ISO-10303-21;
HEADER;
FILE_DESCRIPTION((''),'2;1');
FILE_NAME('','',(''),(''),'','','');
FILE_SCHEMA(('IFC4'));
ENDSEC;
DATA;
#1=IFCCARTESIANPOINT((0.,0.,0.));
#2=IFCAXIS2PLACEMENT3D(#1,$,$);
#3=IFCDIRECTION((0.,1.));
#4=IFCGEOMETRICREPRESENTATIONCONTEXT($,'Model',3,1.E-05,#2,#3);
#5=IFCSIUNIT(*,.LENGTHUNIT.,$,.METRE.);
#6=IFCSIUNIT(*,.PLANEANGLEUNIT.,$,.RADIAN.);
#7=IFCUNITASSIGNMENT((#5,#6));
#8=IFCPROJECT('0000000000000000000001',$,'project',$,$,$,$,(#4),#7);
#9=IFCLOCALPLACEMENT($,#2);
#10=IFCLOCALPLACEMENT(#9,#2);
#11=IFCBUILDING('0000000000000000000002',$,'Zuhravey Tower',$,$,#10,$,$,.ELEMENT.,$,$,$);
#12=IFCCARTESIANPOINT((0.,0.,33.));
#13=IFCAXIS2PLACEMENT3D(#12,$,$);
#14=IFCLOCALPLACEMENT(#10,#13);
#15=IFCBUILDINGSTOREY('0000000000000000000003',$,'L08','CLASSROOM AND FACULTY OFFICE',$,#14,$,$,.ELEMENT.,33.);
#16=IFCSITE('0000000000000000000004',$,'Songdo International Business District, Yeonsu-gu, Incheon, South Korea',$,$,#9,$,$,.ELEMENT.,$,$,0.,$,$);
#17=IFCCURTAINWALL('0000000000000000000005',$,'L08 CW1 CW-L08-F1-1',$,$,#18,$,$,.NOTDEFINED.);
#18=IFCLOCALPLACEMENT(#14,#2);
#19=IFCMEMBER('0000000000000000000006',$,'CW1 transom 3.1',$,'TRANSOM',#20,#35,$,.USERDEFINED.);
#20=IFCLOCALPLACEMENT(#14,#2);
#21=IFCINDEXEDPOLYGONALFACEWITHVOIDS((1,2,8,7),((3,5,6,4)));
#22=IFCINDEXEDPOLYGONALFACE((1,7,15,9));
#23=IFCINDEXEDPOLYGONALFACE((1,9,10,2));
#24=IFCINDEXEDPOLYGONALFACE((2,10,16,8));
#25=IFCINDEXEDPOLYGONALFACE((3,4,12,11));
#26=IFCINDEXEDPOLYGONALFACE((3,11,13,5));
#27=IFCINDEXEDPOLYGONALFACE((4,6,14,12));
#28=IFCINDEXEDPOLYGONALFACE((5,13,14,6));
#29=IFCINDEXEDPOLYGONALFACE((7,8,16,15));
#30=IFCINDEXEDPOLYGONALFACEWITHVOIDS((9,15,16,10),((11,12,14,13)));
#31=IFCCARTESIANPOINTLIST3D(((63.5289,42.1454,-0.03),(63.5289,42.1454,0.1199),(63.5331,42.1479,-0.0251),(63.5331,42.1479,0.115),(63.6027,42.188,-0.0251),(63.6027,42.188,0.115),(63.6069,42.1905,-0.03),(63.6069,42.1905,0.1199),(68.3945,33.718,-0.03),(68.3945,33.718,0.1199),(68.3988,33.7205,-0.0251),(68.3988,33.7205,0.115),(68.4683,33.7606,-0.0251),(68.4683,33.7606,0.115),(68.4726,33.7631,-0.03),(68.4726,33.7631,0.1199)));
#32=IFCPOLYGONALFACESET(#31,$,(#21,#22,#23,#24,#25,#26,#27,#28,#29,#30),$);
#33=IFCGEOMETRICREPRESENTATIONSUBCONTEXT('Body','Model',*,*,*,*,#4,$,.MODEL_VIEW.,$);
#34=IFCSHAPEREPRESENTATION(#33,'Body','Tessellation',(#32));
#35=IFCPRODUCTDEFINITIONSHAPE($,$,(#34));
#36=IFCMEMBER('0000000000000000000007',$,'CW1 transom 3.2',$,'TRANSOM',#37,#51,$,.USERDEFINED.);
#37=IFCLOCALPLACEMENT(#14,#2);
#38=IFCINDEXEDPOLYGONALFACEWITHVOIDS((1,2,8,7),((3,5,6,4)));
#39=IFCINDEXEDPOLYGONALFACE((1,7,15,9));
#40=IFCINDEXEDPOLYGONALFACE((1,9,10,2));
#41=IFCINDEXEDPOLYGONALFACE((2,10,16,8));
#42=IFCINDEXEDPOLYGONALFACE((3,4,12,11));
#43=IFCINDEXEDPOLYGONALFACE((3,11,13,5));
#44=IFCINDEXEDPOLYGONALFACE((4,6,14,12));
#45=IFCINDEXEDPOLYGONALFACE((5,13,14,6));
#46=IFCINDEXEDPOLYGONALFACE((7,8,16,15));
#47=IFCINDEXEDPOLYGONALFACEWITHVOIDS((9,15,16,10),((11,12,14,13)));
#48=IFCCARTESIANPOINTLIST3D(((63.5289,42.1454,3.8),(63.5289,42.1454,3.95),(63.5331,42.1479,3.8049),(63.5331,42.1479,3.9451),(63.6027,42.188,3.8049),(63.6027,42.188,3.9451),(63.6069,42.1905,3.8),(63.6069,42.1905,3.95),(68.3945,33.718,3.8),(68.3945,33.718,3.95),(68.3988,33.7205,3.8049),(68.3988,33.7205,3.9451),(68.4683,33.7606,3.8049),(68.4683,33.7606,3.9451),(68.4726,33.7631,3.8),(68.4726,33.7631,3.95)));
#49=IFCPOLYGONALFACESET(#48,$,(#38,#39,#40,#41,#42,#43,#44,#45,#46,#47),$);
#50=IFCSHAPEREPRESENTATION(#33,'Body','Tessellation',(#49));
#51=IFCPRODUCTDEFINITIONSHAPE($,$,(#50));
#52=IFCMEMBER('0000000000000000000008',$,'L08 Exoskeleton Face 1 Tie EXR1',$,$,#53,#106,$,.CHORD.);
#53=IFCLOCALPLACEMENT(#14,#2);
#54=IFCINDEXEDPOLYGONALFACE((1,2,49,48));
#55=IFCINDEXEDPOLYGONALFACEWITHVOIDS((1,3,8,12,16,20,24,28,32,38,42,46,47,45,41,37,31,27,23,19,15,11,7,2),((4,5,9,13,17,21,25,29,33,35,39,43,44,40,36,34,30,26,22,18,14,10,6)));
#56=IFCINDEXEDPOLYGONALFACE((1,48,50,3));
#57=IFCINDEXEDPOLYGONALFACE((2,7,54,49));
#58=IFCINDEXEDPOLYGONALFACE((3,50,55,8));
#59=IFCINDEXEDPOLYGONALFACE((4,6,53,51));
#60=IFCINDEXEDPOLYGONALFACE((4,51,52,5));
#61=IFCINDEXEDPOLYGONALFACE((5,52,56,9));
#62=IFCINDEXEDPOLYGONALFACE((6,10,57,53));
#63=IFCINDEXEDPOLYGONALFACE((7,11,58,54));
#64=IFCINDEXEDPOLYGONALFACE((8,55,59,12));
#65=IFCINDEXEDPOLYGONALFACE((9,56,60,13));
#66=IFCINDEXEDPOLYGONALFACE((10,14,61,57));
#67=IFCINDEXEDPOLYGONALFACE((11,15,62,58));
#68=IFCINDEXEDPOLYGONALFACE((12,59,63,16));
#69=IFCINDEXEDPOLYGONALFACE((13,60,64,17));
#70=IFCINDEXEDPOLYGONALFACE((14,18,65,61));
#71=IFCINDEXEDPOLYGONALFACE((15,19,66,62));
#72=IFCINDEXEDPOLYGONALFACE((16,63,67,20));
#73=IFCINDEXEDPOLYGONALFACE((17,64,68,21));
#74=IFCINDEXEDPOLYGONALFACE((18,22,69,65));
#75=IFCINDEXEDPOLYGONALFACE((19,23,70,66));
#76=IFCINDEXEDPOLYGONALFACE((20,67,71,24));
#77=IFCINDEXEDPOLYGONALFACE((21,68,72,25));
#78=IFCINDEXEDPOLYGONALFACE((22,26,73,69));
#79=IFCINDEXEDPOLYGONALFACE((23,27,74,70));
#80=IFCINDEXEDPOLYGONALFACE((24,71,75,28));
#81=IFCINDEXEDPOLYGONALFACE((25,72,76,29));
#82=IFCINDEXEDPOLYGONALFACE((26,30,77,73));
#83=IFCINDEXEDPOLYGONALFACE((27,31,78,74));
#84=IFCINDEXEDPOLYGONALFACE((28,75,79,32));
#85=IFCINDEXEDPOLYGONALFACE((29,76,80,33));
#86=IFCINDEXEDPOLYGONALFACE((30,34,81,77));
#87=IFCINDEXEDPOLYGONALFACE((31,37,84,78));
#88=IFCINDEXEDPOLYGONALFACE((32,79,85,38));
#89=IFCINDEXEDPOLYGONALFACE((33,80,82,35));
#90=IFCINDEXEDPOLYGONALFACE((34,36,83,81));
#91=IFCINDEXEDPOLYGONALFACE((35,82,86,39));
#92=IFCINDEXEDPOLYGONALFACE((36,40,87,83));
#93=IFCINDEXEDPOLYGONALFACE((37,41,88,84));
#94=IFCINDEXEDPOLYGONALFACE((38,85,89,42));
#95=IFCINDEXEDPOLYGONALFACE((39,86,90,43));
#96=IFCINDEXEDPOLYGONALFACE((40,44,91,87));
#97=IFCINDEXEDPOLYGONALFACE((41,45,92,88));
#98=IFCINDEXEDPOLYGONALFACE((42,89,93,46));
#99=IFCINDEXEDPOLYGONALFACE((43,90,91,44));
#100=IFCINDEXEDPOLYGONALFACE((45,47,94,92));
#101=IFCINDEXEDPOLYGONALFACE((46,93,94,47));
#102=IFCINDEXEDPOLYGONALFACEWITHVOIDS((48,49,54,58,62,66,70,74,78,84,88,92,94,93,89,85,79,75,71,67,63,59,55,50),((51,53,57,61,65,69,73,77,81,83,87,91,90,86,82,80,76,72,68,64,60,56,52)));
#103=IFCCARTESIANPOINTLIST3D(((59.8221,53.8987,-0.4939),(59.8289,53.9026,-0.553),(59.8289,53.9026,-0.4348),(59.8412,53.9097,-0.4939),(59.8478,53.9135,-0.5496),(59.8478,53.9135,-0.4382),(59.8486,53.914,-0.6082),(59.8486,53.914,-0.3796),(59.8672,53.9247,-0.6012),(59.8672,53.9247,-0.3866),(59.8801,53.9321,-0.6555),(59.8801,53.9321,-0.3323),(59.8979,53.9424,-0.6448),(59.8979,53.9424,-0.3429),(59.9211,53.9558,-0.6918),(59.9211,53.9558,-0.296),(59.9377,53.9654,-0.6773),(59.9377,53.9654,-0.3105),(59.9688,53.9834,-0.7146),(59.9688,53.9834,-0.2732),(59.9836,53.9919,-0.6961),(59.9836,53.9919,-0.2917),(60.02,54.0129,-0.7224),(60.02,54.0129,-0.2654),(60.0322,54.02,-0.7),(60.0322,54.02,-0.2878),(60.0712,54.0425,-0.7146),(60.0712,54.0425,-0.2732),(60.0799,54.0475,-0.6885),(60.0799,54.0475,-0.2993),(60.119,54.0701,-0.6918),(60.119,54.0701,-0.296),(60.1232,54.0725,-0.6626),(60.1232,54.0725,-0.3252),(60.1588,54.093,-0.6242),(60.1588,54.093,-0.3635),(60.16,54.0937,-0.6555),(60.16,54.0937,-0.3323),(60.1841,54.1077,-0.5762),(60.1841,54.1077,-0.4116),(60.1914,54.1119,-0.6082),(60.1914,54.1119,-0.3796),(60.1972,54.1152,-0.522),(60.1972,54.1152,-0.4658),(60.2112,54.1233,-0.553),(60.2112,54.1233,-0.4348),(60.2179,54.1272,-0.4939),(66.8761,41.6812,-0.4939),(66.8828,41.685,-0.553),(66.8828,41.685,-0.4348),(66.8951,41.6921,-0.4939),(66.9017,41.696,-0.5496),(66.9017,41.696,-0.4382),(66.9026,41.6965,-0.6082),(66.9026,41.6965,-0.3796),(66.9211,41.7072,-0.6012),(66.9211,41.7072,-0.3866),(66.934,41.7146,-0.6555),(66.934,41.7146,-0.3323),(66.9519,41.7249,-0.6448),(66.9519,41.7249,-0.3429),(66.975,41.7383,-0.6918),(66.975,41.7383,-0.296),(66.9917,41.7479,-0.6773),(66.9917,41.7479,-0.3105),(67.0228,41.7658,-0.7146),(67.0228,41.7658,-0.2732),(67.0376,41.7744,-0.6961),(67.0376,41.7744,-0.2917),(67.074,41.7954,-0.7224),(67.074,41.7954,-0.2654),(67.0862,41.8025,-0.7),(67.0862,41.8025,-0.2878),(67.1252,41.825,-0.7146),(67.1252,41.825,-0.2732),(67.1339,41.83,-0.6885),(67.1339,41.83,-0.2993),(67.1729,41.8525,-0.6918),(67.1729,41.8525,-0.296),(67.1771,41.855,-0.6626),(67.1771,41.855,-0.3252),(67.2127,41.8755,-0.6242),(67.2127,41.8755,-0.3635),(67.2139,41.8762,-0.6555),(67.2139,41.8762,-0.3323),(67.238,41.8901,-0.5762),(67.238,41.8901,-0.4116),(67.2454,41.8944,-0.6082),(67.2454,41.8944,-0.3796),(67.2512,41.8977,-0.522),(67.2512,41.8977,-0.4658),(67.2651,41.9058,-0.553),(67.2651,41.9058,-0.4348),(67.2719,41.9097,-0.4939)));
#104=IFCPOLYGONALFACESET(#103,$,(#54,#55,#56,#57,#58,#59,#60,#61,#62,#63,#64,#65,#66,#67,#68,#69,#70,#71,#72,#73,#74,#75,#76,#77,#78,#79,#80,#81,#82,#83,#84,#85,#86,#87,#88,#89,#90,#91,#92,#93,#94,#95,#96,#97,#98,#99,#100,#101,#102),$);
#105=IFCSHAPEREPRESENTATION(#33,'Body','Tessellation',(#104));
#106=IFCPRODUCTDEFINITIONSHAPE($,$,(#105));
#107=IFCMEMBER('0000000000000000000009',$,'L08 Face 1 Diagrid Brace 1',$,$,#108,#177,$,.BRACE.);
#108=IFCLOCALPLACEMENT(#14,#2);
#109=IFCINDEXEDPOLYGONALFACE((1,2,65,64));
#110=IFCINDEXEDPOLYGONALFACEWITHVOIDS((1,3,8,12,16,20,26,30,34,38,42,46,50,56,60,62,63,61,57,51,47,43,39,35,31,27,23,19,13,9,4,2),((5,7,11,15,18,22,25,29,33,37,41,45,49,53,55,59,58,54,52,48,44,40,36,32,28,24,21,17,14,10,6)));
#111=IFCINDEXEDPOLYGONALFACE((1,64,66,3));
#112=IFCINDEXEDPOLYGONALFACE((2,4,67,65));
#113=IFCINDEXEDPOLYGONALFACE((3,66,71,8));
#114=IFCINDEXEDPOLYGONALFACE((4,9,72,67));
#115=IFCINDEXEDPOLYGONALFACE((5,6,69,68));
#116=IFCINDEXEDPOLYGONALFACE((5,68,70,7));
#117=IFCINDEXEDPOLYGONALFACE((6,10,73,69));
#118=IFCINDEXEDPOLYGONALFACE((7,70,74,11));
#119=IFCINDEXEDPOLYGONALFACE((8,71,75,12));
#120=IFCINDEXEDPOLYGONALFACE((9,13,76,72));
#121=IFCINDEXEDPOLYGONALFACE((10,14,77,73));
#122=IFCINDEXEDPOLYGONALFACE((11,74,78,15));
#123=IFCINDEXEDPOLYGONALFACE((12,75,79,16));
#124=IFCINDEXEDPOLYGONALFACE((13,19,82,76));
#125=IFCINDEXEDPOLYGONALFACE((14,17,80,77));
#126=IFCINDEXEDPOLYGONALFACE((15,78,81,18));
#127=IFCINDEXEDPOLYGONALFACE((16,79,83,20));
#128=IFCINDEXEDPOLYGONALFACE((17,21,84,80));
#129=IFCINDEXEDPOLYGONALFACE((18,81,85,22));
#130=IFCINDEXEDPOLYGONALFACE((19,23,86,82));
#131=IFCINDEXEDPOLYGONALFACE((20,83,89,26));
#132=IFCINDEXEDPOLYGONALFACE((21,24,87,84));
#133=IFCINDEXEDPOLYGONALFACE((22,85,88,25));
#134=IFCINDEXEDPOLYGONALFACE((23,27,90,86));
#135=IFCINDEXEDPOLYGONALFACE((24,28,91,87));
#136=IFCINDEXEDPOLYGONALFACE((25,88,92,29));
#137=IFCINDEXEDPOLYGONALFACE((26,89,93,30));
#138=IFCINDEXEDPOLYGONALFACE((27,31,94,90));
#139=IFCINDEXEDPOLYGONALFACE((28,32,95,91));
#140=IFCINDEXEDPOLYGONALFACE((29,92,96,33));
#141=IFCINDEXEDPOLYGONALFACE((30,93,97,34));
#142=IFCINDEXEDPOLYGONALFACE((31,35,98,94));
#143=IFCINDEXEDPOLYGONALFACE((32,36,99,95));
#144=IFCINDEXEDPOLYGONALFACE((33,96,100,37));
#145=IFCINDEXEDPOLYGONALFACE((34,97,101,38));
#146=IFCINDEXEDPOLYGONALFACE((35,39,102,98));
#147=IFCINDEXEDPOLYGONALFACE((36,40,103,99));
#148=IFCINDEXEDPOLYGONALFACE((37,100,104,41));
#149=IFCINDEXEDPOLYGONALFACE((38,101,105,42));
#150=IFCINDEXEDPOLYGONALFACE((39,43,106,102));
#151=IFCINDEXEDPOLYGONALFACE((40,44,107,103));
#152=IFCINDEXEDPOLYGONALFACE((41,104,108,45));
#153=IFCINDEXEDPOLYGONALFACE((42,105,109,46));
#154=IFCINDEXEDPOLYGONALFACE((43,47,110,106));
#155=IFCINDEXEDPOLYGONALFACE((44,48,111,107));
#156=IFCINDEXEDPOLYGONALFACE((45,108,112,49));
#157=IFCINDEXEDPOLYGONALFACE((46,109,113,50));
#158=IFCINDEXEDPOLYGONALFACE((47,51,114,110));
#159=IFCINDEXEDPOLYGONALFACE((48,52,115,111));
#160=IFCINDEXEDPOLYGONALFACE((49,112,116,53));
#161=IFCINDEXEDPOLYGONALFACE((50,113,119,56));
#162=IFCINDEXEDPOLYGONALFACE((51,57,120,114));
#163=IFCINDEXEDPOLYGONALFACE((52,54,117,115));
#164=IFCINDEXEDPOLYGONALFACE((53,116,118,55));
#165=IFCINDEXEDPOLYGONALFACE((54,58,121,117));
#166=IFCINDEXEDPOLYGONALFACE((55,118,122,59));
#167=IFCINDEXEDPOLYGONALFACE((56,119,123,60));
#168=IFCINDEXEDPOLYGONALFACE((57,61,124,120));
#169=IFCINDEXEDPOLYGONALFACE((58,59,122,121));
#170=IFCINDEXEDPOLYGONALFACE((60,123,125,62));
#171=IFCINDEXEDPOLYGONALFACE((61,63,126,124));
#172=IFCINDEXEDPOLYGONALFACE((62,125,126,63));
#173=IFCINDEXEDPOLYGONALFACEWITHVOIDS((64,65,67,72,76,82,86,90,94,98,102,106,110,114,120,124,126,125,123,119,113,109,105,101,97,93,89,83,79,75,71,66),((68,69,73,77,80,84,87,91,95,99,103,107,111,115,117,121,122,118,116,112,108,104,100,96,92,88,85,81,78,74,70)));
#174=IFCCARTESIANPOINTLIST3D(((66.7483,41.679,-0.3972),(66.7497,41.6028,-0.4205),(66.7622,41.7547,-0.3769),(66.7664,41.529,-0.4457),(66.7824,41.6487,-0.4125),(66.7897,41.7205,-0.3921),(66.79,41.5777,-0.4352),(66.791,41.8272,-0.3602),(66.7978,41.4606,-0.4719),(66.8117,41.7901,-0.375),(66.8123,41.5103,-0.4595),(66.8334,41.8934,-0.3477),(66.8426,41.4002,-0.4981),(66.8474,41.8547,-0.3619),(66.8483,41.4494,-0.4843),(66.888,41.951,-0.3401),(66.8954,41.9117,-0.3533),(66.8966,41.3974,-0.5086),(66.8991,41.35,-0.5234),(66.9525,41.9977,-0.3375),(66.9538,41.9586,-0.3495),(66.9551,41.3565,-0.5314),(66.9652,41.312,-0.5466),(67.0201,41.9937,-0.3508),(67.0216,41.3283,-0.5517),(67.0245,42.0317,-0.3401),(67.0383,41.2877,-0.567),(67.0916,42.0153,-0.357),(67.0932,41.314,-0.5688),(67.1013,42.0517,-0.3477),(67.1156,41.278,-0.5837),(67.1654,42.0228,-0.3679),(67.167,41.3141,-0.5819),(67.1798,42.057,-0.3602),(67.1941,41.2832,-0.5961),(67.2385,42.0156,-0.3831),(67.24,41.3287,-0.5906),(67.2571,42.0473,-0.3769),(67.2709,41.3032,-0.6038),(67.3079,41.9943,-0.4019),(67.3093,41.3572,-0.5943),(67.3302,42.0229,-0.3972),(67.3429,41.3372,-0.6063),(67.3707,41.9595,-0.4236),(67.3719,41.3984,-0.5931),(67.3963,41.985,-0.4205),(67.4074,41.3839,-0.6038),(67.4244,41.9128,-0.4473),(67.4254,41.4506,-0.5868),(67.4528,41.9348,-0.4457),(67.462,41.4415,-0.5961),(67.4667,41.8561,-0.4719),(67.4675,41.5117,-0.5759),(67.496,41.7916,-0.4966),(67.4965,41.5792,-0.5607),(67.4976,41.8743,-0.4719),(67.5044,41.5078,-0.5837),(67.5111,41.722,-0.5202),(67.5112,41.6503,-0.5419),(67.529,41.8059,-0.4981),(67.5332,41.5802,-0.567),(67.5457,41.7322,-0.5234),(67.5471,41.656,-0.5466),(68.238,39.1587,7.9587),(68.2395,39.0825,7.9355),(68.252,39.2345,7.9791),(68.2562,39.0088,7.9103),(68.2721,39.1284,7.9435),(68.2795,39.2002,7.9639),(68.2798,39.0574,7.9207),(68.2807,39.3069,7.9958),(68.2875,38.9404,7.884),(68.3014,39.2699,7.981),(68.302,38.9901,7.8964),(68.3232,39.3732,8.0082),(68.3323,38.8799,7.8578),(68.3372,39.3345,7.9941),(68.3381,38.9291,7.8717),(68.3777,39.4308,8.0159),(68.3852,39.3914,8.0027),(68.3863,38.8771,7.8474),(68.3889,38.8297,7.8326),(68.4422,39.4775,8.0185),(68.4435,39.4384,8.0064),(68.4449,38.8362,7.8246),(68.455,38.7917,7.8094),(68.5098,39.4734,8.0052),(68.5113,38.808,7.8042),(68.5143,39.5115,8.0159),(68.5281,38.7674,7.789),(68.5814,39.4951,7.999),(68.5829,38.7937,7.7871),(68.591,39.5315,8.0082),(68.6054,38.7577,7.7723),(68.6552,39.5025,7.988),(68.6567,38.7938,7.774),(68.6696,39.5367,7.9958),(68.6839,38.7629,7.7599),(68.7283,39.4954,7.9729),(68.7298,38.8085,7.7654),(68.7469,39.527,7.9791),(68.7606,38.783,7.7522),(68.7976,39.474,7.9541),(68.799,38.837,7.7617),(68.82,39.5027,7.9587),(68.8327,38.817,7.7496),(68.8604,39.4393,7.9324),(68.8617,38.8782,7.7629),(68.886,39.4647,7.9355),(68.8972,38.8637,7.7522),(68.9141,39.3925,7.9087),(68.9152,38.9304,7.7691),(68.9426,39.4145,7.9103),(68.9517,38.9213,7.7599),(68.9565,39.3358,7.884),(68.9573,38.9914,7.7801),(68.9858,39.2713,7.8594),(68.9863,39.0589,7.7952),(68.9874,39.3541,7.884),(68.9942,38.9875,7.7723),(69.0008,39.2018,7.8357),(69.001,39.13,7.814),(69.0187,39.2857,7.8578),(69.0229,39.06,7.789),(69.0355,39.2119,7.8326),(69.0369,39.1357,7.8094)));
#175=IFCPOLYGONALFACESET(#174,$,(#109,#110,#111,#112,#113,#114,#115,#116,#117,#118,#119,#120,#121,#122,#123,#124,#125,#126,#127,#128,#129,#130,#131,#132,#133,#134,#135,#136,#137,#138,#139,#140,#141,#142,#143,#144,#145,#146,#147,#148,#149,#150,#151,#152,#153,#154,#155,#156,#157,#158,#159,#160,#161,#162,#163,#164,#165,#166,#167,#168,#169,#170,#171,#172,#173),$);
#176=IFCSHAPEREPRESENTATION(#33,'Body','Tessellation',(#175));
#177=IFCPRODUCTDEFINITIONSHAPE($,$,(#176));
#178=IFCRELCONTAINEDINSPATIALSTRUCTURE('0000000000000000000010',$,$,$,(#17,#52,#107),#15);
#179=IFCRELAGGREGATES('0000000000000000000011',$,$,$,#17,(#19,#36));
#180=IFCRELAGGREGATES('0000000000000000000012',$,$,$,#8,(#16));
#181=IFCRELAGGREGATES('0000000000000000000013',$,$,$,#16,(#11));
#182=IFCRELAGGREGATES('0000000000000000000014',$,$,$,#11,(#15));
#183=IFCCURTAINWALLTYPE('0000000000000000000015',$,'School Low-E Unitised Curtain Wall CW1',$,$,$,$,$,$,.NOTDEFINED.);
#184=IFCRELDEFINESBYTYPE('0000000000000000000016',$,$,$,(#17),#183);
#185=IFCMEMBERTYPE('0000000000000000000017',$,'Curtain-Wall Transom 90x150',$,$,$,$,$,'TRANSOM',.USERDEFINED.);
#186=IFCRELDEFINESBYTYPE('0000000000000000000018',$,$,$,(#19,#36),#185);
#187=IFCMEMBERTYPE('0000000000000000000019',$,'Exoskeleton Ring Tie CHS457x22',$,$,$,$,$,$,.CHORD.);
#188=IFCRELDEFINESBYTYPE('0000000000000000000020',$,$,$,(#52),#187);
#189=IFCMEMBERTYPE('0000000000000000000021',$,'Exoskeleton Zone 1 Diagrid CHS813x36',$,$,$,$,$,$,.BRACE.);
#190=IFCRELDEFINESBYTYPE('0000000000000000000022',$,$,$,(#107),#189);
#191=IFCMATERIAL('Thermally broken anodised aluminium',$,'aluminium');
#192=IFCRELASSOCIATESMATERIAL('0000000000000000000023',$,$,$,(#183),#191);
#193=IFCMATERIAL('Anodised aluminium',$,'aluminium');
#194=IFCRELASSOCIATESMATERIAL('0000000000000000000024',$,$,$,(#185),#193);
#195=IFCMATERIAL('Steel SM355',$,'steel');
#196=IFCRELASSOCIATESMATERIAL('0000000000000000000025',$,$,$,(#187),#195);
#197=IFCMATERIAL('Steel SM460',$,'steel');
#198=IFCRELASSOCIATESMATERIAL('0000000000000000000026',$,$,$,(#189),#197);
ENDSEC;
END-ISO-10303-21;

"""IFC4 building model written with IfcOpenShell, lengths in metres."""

from ifc_helpers import new_model, si_unit, direction, frame, origin, origin_2d, place, context, subcontext, project, spatial, hollow_rectangle, hollow_circle, extrude, material, material_profile, profile_set, type_object, element, aggregate, save


model = new_model("IFC4")

# Units and contexts
model_context = context("Model", 3, precision=1e-05, world=origin(), true_north=direction((0.0, 1.0)))
body_context = subcontext(model_context, "Body", "Model", "MODEL_VIEW")
ifc_project = project(units=[si_unit("LENGTHUNIT", "METRE"), si_unit("PLANEANGLEUNIT", "RADIAN")], contexts=[model_context])

# Site, building, storey
site_placement = place(None, origin())
site = spatial("IfcSite", under=ifc_project, at=site_placement, Name="Songdo International Business District, Yeonsu-gu, Incheon, South Korea", CompositionType="ELEMENT", RefElevation=0.0)
building_placement = place(site_placement, origin())
building = spatial("IfcBuilding", under=site, at=building_placement, Name="Zuhravey Tower", CompositionType="ELEMENT")
storey_placement = place(building_placement, frame((0.0, 0.0, 33.0)))
storey = spatial("IfcBuildingStorey", under=building, at=storey_placement, Name="L08", Description="CLASSROOM AND FACULTY OFFICE", CompositionType="ELEMENT", Elevation=33.0)

# Shared definitions
ifc_material_1 = material(Name="Thermally broken anodised aluminium", Category="aluminium")
curtain_wall_type = type_object("IfcCurtainWallType", Name="School Low-E Unitised Curtain Wall CW1", PredefinedType="NOTDEFINED", material=ifc_material_1)
ifc_material_2 = material(Name="Anodised aluminium", Category="aluminium")

# Curtain wall, members
curtain_wall_1_placement = place(storey_placement, origin())
curtain_wall_1 = element("IfcCurtainWall", 1, at=curtain_wall_1_placement, inside=storey, type_object=curtain_wall_type, Name="L08 CW1 CW-L08-F1-1", PredefinedType="NOTDEFINED")
ifc_material_profile_1 = material_profile(ifc_material_2, hollow_rectangle(XDim=0.0901, YDim=0.1499, WallThickness=0.0049, at=origin_2d()), Name="ALU-RHS-90x150x5")
ifc_profile_set_1 = profile_set([ifc_material_profile_1], Name="Anodised aluminium")
member_type_1 = type_object("IfcMemberType", Name="Curtain-Wall Transom 90x150", ElementType="TRANSOM", PredefinedType="USERDEFINED", material=ifc_profile_set_1)
member_1_placement = place(storey_placement, frame((63.5679, 42.168, 0.0449), z_axis=(0.500008, -0.866021, 0.0), x_axis=(0.866021, 0.500008, 0.0)))
member_1 = element("IfcMember", 2, at=member_1_placement, type_object=member_type_1, Name="CW1 transom 3.1", ObjectType="TRANSOM", PredefinedType="USERDEFINED", context=body_context, shape_type="SweptSolid", body=[
    extrude(hollow_rectangle(XDim=0.0901, YDim=0.1499, WallThickness=0.0049, at=origin_2d()), origin(), (0.0, 0.0, 1.0), 9.7312),
])
member_2_placement = place(storey_placement, frame((63.5679, 42.168, 3.875), z_axis=(0.500008, -0.866021, 0.0), x_axis=(0.866021, 0.500008, 0.0)))
member_2 = element("IfcMember", 3, at=member_2_placement, type_object=member_type_1, Name="CW1 transom 3.2", ObjectType="TRANSOM", PredefinedType="USERDEFINED", context=body_context, shape_type="SweptSolid", body=[
    extrude(hollow_rectangle(XDim=0.0901, YDim=0.1499, WallThickness=0.0049, at=origin_2d()), origin(), (0.0, 0.0, 1.0), 9.7312),
])

# Members
ifc_material_3 = material(Name="Steel SM355", Category="steel")
ifc_material_profile_2 = material_profile(ifc_material_3, hollow_circle(Radius=0.2285, WallThickness=0.022, at=origin_2d()), Name="CHS-457.2x22")
ifc_profile_set_2 = profile_set([ifc_material_profile_2], Name="Steel SM355")
member_type_2 = type_object("IfcMemberType", Name="Exoskeleton Ring Tie CHS457x22", PredefinedType="CHORD", material=ifc_profile_set_2)
member_3_placement = place(storey_placement, frame((67.074, 41.7954, -0.4939), z_axis=(-0.500009, 0.86602, 0.0), x_axis=(-0.86602, -0.500009, 0.0)))
element("IfcMember", 4, at=member_3_placement, inside=storey, type_object=member_type_2, Name="L08 Exoskeleton Face 1 Tie EXR1", PredefinedType="CHORD", context=body_context, shape_type="SweptSolid", body=[
    extrude(hollow_circle(Radius=0.2285, WallThickness=0.022, at=origin_2d()), origin(), (0.0, 0.0, 1.0), 14.1077),
])
ifc_material_4 = material(Name="Steel SM460", Category="steel")
ifc_material_profile_3 = material_profile(ifc_material_4, hollow_circle(Radius=0.4065, WallThickness=0.0359, at=origin_2d()), Name="CHS-812.8x36")
ifc_profile_set_3 = profile_set([ifc_material_profile_3], Name="Steel SM460")
member_type_3 = type_object("IfcMemberType", Name="Exoskeleton Zone 1 Diagrid CHS813x36", PredefinedType="BRACE", material=ifc_profile_set_3)
member_4_placement = place(storey_placement, frame((67.1477, 41.6675, -0.4719), z_axis=(0.168257, -0.284647, 0.943751), x_axis=(0.860852, 0.508856, 0.0)))
element("IfcMember", 5, at=member_4_placement, inside=storey, type_object=member_type_3, Name="L08 Face 1 Diagrid Brace 1", PredefinedType="BRACE", context=body_context, shape_type="SweptSolid", body=[
    extrude(hollow_circle(Radius=0.4065, WallThickness=0.0359, at=origin_2d()), origin(), (0.0, 0.0, 1.0), 8.854),
])

aggregate(curtain_wall_1, [member_1, member_2])

save(model, "model.ifc")
